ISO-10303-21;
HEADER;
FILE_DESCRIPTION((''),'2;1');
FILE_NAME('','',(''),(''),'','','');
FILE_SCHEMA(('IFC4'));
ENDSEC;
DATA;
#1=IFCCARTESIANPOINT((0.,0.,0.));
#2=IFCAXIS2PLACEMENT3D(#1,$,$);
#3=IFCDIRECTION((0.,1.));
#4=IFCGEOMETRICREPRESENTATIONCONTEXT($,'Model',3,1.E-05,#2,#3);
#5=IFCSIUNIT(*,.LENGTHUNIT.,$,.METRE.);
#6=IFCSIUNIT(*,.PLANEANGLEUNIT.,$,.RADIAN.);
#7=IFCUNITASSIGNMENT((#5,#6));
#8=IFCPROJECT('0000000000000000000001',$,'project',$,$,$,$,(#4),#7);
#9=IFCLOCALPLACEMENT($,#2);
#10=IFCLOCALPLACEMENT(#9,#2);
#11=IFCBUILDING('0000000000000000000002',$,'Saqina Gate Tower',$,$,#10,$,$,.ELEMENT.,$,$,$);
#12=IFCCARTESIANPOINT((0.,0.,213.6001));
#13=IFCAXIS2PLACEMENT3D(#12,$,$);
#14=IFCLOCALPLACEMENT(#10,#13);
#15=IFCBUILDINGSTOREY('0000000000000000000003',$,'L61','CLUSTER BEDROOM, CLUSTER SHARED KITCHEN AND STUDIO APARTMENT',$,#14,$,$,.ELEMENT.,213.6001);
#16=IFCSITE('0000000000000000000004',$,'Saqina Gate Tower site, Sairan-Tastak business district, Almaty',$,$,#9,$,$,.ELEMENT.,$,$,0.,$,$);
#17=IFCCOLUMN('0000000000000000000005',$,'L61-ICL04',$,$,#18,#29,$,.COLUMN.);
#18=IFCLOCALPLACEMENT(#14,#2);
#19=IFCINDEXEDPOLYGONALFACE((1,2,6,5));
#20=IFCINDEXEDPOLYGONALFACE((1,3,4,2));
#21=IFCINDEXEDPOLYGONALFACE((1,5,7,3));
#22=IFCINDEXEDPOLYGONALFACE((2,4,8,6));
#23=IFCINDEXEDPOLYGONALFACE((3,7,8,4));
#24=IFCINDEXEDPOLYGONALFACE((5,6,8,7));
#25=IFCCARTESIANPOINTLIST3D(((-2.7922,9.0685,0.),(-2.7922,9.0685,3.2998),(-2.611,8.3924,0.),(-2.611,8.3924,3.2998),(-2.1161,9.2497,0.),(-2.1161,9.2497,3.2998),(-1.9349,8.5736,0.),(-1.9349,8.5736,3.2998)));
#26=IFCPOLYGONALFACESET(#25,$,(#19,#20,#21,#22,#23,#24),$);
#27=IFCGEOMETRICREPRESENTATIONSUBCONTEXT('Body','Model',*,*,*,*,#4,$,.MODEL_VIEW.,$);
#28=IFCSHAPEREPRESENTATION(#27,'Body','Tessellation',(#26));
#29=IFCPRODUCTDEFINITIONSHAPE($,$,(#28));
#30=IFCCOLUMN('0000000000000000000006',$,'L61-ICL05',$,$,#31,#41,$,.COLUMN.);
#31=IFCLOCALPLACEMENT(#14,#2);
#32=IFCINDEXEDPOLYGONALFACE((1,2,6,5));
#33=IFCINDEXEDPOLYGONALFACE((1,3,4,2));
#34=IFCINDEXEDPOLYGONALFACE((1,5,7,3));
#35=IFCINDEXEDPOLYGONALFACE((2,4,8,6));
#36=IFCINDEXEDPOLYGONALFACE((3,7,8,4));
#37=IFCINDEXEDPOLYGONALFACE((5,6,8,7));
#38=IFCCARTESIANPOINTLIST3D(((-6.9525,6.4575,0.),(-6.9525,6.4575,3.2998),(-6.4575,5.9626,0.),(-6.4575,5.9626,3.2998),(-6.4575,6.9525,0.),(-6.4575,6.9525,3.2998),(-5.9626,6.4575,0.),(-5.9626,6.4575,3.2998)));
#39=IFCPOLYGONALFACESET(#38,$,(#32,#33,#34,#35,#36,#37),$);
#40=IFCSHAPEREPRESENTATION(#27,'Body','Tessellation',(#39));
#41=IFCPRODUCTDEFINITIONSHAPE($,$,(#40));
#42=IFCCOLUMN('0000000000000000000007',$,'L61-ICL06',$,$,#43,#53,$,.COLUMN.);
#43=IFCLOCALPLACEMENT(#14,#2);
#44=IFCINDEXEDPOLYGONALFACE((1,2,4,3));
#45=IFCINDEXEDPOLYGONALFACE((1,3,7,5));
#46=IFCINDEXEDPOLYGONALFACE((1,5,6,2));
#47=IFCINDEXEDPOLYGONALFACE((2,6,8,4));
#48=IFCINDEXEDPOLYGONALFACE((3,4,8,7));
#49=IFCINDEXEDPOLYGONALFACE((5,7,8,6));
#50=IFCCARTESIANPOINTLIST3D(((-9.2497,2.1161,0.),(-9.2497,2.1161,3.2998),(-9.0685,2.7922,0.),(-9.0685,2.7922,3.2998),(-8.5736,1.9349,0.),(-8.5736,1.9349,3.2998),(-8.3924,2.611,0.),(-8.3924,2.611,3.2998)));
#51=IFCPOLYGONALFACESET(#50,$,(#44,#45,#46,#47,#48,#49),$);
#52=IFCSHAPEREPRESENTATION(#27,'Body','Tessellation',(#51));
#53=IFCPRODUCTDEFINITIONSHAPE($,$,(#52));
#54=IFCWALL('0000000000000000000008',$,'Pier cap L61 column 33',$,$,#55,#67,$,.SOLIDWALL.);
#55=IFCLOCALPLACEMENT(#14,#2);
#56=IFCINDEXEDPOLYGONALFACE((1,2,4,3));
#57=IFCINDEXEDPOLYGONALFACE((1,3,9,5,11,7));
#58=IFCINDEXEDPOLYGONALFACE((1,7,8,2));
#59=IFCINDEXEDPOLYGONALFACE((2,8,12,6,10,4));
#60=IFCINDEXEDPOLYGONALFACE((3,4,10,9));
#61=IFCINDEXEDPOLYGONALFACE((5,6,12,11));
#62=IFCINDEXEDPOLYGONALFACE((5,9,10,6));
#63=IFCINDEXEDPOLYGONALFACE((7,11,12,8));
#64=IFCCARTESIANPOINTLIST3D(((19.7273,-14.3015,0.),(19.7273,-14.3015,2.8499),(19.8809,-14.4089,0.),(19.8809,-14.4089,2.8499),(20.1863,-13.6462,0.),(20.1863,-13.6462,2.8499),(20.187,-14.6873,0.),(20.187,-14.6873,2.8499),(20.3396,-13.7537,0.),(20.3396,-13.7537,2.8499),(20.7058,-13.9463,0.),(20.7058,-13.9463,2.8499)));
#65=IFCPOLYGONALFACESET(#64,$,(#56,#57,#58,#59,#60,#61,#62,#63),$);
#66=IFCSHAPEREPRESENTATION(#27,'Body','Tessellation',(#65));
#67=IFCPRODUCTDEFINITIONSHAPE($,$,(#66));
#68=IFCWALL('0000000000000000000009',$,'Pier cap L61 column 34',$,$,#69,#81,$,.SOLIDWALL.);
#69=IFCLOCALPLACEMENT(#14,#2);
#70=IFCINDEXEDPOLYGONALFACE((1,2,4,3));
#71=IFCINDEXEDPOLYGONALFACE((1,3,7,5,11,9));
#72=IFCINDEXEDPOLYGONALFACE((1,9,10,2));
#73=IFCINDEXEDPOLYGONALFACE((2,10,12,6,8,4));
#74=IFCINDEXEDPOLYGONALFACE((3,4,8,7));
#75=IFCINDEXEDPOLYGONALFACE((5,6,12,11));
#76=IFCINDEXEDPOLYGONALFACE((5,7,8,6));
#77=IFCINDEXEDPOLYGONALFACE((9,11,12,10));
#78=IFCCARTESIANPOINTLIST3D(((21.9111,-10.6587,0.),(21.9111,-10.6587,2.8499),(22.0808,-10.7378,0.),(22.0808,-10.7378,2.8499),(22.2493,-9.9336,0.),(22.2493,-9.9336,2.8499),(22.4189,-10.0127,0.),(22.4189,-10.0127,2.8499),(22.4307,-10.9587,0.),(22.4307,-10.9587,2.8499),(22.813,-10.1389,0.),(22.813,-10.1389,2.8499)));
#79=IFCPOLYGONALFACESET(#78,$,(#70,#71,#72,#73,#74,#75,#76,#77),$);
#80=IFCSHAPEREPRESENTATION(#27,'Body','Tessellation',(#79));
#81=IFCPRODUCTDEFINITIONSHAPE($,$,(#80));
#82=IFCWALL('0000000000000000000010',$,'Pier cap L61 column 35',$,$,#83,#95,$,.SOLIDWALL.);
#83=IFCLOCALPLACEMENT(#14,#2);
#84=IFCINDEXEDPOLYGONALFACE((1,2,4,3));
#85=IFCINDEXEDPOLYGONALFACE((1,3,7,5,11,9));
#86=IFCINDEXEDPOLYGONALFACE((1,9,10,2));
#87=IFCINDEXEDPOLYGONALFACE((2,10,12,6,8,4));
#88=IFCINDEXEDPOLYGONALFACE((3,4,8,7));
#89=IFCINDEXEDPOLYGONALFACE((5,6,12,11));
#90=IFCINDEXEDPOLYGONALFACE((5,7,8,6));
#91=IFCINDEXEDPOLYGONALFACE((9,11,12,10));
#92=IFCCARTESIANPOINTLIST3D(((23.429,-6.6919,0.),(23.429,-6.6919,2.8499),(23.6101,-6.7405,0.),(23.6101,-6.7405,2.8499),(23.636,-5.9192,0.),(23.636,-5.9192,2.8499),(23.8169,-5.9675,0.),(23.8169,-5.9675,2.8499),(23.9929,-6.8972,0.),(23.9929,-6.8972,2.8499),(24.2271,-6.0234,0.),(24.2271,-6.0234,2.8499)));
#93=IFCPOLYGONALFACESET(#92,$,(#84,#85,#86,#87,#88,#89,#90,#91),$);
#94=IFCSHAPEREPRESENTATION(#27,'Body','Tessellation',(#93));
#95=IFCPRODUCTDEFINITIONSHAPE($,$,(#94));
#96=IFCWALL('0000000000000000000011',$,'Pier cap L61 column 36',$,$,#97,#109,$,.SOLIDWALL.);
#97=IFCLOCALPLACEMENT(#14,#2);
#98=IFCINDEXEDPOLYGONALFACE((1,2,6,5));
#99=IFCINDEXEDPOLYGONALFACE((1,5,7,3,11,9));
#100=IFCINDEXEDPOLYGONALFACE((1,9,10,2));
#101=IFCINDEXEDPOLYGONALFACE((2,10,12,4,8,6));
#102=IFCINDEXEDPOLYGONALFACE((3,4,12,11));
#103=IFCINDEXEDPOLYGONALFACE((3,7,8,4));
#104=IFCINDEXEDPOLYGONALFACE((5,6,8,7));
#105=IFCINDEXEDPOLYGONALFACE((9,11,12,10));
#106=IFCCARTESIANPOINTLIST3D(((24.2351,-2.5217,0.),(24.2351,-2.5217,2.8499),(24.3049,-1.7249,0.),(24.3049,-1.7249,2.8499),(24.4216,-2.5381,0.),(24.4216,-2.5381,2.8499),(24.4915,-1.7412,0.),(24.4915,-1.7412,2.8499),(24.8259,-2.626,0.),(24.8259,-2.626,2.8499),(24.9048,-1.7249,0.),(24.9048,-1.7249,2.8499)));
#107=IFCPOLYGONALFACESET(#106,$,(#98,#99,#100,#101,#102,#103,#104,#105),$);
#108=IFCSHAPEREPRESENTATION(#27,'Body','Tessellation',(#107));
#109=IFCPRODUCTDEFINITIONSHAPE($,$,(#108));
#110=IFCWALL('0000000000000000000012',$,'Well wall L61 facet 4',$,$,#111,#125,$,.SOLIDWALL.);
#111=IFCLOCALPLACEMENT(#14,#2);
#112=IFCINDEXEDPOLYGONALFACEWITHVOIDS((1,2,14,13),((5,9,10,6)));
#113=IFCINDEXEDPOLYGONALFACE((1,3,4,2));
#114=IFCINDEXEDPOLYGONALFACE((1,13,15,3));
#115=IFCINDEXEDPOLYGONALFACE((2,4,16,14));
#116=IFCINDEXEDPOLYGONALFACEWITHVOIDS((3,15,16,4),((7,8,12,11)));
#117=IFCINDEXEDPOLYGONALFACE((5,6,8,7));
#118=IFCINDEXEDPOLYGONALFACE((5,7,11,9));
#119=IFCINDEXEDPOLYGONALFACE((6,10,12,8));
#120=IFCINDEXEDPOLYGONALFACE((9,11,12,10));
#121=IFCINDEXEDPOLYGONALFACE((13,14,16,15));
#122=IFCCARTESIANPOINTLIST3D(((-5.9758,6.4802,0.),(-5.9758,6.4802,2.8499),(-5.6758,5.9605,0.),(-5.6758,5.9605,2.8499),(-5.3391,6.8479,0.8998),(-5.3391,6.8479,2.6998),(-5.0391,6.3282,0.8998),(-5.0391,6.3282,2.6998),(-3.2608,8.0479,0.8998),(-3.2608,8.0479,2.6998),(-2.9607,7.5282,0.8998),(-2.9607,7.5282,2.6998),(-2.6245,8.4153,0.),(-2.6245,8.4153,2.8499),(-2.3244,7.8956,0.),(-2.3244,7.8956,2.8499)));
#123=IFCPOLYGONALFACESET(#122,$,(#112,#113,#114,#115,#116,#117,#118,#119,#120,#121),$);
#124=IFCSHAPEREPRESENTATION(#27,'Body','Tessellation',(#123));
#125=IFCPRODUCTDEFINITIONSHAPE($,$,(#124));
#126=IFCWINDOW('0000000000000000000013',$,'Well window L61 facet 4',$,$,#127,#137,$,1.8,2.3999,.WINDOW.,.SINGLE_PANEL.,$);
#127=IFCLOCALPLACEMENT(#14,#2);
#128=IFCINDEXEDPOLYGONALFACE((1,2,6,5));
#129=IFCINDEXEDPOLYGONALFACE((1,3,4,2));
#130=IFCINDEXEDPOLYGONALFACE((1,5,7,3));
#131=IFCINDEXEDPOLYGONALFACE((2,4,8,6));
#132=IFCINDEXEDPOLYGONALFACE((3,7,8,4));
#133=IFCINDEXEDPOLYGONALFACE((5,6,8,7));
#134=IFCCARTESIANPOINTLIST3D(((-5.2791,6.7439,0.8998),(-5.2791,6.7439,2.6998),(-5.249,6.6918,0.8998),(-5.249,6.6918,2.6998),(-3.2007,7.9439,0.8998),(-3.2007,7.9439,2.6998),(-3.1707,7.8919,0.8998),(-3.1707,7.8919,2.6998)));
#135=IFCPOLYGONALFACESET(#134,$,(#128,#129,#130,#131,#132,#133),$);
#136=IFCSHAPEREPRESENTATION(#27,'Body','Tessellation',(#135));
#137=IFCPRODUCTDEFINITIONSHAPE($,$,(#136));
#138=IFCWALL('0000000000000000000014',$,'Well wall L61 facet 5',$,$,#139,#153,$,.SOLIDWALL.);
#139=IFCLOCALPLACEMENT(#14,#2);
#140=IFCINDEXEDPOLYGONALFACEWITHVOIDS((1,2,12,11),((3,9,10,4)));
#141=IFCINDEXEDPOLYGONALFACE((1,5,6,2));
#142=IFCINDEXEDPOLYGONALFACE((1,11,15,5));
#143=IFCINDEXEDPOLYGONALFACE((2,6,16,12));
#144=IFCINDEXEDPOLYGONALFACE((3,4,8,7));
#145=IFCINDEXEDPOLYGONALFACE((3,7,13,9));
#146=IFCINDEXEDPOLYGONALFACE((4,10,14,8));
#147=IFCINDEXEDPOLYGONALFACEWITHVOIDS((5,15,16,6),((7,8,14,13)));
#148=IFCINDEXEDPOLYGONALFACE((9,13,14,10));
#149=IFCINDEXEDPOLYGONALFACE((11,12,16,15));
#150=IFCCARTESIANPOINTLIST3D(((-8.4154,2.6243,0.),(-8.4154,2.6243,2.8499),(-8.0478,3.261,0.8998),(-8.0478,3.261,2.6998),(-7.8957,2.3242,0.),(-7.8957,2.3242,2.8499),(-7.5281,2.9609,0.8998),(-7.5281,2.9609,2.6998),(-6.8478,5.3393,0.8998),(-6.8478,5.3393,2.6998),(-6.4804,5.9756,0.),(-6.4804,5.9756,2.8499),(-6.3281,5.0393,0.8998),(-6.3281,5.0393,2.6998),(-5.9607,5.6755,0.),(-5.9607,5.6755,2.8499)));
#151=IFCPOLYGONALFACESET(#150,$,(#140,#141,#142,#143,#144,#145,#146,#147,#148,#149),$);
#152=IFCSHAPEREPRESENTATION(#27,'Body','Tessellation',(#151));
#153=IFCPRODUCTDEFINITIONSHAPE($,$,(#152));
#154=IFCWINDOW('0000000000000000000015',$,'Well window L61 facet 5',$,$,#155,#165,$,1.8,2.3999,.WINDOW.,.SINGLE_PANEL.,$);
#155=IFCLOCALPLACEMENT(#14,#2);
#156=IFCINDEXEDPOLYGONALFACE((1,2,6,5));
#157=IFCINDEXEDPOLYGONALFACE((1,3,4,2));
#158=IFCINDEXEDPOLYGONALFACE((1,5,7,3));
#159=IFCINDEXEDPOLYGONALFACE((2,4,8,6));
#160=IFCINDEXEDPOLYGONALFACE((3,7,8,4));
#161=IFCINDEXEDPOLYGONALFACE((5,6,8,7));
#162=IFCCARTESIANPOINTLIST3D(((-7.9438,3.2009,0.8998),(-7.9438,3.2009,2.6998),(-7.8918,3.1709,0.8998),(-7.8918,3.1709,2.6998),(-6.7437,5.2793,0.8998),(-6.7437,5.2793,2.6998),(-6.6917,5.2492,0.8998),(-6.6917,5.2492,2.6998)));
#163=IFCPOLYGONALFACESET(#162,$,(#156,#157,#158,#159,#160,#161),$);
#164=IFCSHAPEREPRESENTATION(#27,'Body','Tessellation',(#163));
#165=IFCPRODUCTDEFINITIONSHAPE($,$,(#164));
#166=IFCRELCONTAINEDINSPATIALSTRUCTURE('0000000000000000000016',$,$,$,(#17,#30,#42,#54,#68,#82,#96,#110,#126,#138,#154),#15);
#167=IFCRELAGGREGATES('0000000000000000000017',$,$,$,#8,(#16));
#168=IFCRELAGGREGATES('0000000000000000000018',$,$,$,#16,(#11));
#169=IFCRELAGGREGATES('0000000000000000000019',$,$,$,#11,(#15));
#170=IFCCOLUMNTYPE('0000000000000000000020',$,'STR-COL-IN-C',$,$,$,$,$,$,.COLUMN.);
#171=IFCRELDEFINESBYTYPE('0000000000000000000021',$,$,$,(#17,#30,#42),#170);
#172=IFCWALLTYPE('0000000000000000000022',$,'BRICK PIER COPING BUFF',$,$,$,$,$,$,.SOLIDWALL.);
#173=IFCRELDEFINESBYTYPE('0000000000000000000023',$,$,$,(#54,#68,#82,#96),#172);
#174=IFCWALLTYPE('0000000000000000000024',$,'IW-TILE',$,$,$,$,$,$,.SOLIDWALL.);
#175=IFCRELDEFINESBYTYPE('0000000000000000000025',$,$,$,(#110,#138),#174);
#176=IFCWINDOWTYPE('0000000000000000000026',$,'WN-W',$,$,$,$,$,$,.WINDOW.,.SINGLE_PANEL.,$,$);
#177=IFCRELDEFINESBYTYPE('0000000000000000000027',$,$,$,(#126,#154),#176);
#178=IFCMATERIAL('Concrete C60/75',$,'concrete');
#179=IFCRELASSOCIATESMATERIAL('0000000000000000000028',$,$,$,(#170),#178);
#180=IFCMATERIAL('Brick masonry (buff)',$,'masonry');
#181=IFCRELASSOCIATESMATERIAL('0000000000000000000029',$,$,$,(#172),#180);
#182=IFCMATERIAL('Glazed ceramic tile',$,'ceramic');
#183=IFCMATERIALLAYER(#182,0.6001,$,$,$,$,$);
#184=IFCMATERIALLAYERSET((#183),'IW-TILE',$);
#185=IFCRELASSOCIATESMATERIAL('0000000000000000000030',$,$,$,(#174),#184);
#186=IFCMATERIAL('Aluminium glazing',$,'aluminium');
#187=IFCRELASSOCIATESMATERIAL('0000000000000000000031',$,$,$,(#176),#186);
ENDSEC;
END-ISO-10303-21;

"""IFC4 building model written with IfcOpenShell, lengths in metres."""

from ifc_helpers import new_model, si_unit, direction, frame, frame_2d, origin, origin_2d, place, context, subcontext, project, spatial, polyline, rectangle, outline, extrude, material, layer, layer_set, material_profile, profile_set, type_object, element, fill, save


model = new_model("IFC4")

# Units and contexts
model_context = context("Model", 3, precision=1e-05, world=origin(), true_north=direction((0.0, 1.0)))
body_context = subcontext(model_context, "Body", "Model", "MODEL_VIEW")
ifc_project = project(units=[si_unit("LENGTHUNIT", "METRE"), si_unit("PLANEANGLEUNIT", "RADIAN")], contexts=[model_context])

# Site, building, storey
site_placement = place(None, origin())
site = spatial("IfcSite", under=ifc_project, at=site_placement, Name="Saqina Gate Tower site, Sairan-Tastak business district, Almaty", CompositionType="ELEMENT", RefElevation=0.0)
building_placement = place(site_placement, origin())
building = spatial("IfcBuilding", under=site, at=building_placement, Name="Saqina Gate Tower", CompositionType="ELEMENT")
storey_placement = place(building_placement, frame((0.0, 0.0, 213.6001)))
storey = spatial("IfcBuildingStorey", under=building, at=storey_placement, Name="L61", Description="CLUSTER BEDROOM, CLUSTER SHARED KITCHEN AND STUDIO APARTMENT", CompositionType="ELEMENT", Elevation=213.6001)

# Columns
ifc_material_1 = material(Name="Concrete C60/75", Category="concrete")
ifc_material_profile = material_profile(ifc_material_1, rectangle(XDim=0.7, YDim=0.7, at=origin_2d()), Name="RC 700x700")
ifc_profile_set = profile_set([ifc_material_profile], Name="Concrete C60/75")
column_type = type_object("IfcColumnType", Name="STR-COL-IN-C", PredefinedType="COLUMN", material=ifc_profile_set)
for number, where, z_axis, x_axis, name in (
    (1, (-2.3635, 8.821, 0.0), (0.0, 0.0, 1.0), (-0.258819, 0.965926, 0.0), "L61-ICL04"),
    (2, (-6.4575, 6.4575, 0.0), (0.0, 0.0, 1.0), (-0.707107, 0.707107, 0.0), "L61-ICL05"),
    (3, (-8.821, 2.3635, 0.0), (0.0, 0.0, 1.0), (-0.965926, 0.258819, 0.0), "L61-ICL06"),
):
    element("IfcColumn", number, at=place(storey_placement, frame(where, z_axis=z_axis, x_axis=x_axis)), inside=storey, type_object=column_type, Name=name, PredefinedType="COLUMN", context=body_context, shape_type="SweptSolid", body=[
        extrude(rectangle(XDim=0.7, YDim=0.7, at=origin_2d()), origin(), (0.0, 0.0, 1.0), 3.2998),
    ])

# Walls
ifc_material_2 = material(Name="Brick masonry (buff)", Category="masonry")
wall_type_1 = type_object("IfcWallType", Name="BRICK PIER COPING BUFF", PredefinedType="SOLIDWALL", material=ifc_material_2)
wall_1_placement = place(storey_placement, origin())
element("IfcWall", 4, at=wall_1_placement, inside=storey, type_object=wall_type_1, Name="Pier cap L61 column 33", PredefinedType="SOLIDWALL", context=body_context, shape_type="SweptSolid", body=[
    extrude(outline(polyline([(20.187, -14.6873), (20.7058, -13.9463), (20.1863, -13.6462), (20.3396, -13.7537), (19.8809, -14.4089), (19.7273, -14.3015), (20.187, -14.6873)])), origin(), (0.0, 0.0, 1.0), 2.8499),
])
wall_2_placement = place(storey_placement, origin())
element("IfcWall", 5, at=wall_2_placement, inside=storey, type_object=wall_type_1, Name="Pier cap L61 column 34", PredefinedType="SOLIDWALL", context=body_context, shape_type="SweptSolid", body=[
    extrude(outline(polyline([(22.813, -10.1389), (22.2493, -9.9336), (22.4189, -10.0127), (22.0808, -10.7378), (21.9111, -10.6587), (22.4307, -10.9587), (22.813, -10.1389)])), origin(), (0.0, 0.0, 1.0), 2.8499),
])
wall_3_placement = place(storey_placement, origin())
element("IfcWall", 6, at=wall_3_placement, inside=storey, type_object=wall_type_1, Name="Pier cap L61 column 35", PredefinedType="SOLIDWALL", context=body_context, shape_type="SweptSolid", body=[
    extrude(outline(polyline([(24.2271, -6.0234), (23.636, -5.9192), (23.8169, -5.9675), (23.6101, -6.7405), (23.429, -6.6919), (23.9929, -6.8972), (24.2271, -6.0234)])), origin(), (0.0, 0.0, 1.0), 2.8499),
])
wall_4_placement = place(storey_placement, origin())
element("IfcWall", 7, at=wall_4_placement, inside=storey, type_object=wall_type_1, Name="Pier cap L61 column 36", PredefinedType="SOLIDWALL", context=body_context, shape_type="SweptSolid", body=[
    extrude(outline(polyline([(24.8259, -2.626), (24.9048, -1.7249), (24.3049, -1.7249), (24.4915, -1.7412), (24.4216, -2.5381), (24.2351, -2.5217), (24.8259, -2.626)])), origin(), (0.0, 0.0, 1.0), 2.8499),
])

# Walls, openings, windows
ifc_material_3 = material(Name="Glazed ceramic tile", Category="ceramic")
ifc_layer_1 = layer(ifc_material_3, 0.6001)
ifc_layer_set_1 = layer_set([ifc_layer_1], Name="IW-TILE")
wall_type_2 = type_object("IfcWallType", Name="IW-TILE", PredefinedType="SOLIDWALL", material=ifc_layer_set_1)
wall_5_placement = place(storey_placement, frame((-2.4744, 8.1555, 0.0), z_axis=(0.0, 0.0, 1.0), x_axis=(-0.866006, -0.500034, 0.0)))
wall_5 = element("IfcWall", 8, at=wall_5_placement, inside=storey, type_object=wall_type_2, Name="Well wall L61 facet 4", PredefinedType="SOLIDWALL", context=body_context, shape_type="SweptSolid", body=[
    extrude(rectangle(XDim=3.8699, YDim=0.6001, at=frame_2d((1.9351, 0.0))), origin(), (0.0, 0.0, 1.0), 2.8499),
])
opening_1_placement = place(wall_5_placement, frame((0.7349, 0.0, 0.8999)))
opening_1 = element("IfcOpeningElement", 9, at=opening_1_placement, cuts=wall_5, PredefinedType="OPENING", context=body_context, shape_type="SweptSolid", body=[
    extrude(rectangle(XDim=2.3999, YDim=1.8, at=frame_2d((1.2, 0.8999))), frame((0.0, 0.312, 0.0), z_axis=(0.0, -1.0, 0.0), x_axis=(1.0, 0.0, 0.0)), (0.0, 0.0, 1.0), 0.624),
])
ifc_material_4 = material(Name="Aluminium glazing", Category="aluminium")
window_type = type_object("IfcWindowType", Name="WN-W", PartitioningType="SINGLE_PANEL", PredefinedType="WINDOW", material=ifc_material_4)
window_1_placement = place(opening_1_placement, origin())
window_1 = element("IfcWindow", 10, at=window_1_placement, inside=storey, type_object=window_type, Name="Well window L61 facet 4", OverallHeight=1.8, OverallWidth=2.3999, PartitioningType="SINGLE_PANEL", PredefinedType="WINDOW", context=body_context, shape_type="SweptSolid", body=[
    extrude(rectangle(XDim=2.3999, YDim=1.8, at=frame_2d((1.2, 0.8999))), frame((0.0, -0.1199, 0.0), z_axis=(0.0, -1.0, 0.0), x_axis=(1.0, 0.0, 0.0)), (0.0, 0.0, 1.0), 0.0601),
])
fill(opening_1, window_1)
wall_6_placement = place(storey_placement, frame((-6.2205, 5.8257, 0.0), z_axis=(0.0, 0.0, 1.0), x_axis=(-0.500034, -0.866006, 0.0)))
wall_6 = element("IfcWall", 11, at=wall_6_placement, inside=storey, type_object=wall_type_2, Name="Well wall L61 facet 5", PredefinedType="SOLIDWALL", context=body_context, shape_type="SweptSolid", body=[
    extrude(rectangle(XDim=3.8699, YDim=0.6001, at=frame_2d((1.9351, 0.0))), origin(), (0.0, 0.0, 1.0), 2.8499),
])
opening_2_placement = place(wall_6_placement, frame((0.7349, 0.0, 0.8999)))
opening_2 = element("IfcOpeningElement", 12, at=opening_2_placement, cuts=wall_6, PredefinedType="OPENING", context=body_context, shape_type="SweptSolid", body=[
    extrude(rectangle(XDim=2.3999, YDim=1.8, at=frame_2d((1.2, 0.8999))), frame((0.0, 0.312, 0.0), z_axis=(0.0, -1.0, 0.0), x_axis=(1.0, 0.0, 0.0)), (0.0, 0.0, 1.0), 0.624),
])
window_2_placement = place(opening_2_placement, origin())
window_2 = element("IfcWindow", 13, at=window_2_placement, inside=storey, type_object=window_type, Name="Well window L61 facet 5", OverallHeight=1.8, OverallWidth=2.3999, PartitioningType="SINGLE_PANEL", PredefinedType="WINDOW", context=body_context, shape_type="SweptSolid", body=[
    extrude(rectangle(XDim=2.3999, YDim=1.8, at=frame_2d((1.2, 0.8999))), frame((0.0, -0.1199, 0.0), z_axis=(0.0, -1.0, 0.0), x_axis=(1.0, 0.0, 0.0)), (0.0, 0.0, 1.0), 0.0601),
])
fill(opening_2, window_2)

save(model, "model.ifc")
